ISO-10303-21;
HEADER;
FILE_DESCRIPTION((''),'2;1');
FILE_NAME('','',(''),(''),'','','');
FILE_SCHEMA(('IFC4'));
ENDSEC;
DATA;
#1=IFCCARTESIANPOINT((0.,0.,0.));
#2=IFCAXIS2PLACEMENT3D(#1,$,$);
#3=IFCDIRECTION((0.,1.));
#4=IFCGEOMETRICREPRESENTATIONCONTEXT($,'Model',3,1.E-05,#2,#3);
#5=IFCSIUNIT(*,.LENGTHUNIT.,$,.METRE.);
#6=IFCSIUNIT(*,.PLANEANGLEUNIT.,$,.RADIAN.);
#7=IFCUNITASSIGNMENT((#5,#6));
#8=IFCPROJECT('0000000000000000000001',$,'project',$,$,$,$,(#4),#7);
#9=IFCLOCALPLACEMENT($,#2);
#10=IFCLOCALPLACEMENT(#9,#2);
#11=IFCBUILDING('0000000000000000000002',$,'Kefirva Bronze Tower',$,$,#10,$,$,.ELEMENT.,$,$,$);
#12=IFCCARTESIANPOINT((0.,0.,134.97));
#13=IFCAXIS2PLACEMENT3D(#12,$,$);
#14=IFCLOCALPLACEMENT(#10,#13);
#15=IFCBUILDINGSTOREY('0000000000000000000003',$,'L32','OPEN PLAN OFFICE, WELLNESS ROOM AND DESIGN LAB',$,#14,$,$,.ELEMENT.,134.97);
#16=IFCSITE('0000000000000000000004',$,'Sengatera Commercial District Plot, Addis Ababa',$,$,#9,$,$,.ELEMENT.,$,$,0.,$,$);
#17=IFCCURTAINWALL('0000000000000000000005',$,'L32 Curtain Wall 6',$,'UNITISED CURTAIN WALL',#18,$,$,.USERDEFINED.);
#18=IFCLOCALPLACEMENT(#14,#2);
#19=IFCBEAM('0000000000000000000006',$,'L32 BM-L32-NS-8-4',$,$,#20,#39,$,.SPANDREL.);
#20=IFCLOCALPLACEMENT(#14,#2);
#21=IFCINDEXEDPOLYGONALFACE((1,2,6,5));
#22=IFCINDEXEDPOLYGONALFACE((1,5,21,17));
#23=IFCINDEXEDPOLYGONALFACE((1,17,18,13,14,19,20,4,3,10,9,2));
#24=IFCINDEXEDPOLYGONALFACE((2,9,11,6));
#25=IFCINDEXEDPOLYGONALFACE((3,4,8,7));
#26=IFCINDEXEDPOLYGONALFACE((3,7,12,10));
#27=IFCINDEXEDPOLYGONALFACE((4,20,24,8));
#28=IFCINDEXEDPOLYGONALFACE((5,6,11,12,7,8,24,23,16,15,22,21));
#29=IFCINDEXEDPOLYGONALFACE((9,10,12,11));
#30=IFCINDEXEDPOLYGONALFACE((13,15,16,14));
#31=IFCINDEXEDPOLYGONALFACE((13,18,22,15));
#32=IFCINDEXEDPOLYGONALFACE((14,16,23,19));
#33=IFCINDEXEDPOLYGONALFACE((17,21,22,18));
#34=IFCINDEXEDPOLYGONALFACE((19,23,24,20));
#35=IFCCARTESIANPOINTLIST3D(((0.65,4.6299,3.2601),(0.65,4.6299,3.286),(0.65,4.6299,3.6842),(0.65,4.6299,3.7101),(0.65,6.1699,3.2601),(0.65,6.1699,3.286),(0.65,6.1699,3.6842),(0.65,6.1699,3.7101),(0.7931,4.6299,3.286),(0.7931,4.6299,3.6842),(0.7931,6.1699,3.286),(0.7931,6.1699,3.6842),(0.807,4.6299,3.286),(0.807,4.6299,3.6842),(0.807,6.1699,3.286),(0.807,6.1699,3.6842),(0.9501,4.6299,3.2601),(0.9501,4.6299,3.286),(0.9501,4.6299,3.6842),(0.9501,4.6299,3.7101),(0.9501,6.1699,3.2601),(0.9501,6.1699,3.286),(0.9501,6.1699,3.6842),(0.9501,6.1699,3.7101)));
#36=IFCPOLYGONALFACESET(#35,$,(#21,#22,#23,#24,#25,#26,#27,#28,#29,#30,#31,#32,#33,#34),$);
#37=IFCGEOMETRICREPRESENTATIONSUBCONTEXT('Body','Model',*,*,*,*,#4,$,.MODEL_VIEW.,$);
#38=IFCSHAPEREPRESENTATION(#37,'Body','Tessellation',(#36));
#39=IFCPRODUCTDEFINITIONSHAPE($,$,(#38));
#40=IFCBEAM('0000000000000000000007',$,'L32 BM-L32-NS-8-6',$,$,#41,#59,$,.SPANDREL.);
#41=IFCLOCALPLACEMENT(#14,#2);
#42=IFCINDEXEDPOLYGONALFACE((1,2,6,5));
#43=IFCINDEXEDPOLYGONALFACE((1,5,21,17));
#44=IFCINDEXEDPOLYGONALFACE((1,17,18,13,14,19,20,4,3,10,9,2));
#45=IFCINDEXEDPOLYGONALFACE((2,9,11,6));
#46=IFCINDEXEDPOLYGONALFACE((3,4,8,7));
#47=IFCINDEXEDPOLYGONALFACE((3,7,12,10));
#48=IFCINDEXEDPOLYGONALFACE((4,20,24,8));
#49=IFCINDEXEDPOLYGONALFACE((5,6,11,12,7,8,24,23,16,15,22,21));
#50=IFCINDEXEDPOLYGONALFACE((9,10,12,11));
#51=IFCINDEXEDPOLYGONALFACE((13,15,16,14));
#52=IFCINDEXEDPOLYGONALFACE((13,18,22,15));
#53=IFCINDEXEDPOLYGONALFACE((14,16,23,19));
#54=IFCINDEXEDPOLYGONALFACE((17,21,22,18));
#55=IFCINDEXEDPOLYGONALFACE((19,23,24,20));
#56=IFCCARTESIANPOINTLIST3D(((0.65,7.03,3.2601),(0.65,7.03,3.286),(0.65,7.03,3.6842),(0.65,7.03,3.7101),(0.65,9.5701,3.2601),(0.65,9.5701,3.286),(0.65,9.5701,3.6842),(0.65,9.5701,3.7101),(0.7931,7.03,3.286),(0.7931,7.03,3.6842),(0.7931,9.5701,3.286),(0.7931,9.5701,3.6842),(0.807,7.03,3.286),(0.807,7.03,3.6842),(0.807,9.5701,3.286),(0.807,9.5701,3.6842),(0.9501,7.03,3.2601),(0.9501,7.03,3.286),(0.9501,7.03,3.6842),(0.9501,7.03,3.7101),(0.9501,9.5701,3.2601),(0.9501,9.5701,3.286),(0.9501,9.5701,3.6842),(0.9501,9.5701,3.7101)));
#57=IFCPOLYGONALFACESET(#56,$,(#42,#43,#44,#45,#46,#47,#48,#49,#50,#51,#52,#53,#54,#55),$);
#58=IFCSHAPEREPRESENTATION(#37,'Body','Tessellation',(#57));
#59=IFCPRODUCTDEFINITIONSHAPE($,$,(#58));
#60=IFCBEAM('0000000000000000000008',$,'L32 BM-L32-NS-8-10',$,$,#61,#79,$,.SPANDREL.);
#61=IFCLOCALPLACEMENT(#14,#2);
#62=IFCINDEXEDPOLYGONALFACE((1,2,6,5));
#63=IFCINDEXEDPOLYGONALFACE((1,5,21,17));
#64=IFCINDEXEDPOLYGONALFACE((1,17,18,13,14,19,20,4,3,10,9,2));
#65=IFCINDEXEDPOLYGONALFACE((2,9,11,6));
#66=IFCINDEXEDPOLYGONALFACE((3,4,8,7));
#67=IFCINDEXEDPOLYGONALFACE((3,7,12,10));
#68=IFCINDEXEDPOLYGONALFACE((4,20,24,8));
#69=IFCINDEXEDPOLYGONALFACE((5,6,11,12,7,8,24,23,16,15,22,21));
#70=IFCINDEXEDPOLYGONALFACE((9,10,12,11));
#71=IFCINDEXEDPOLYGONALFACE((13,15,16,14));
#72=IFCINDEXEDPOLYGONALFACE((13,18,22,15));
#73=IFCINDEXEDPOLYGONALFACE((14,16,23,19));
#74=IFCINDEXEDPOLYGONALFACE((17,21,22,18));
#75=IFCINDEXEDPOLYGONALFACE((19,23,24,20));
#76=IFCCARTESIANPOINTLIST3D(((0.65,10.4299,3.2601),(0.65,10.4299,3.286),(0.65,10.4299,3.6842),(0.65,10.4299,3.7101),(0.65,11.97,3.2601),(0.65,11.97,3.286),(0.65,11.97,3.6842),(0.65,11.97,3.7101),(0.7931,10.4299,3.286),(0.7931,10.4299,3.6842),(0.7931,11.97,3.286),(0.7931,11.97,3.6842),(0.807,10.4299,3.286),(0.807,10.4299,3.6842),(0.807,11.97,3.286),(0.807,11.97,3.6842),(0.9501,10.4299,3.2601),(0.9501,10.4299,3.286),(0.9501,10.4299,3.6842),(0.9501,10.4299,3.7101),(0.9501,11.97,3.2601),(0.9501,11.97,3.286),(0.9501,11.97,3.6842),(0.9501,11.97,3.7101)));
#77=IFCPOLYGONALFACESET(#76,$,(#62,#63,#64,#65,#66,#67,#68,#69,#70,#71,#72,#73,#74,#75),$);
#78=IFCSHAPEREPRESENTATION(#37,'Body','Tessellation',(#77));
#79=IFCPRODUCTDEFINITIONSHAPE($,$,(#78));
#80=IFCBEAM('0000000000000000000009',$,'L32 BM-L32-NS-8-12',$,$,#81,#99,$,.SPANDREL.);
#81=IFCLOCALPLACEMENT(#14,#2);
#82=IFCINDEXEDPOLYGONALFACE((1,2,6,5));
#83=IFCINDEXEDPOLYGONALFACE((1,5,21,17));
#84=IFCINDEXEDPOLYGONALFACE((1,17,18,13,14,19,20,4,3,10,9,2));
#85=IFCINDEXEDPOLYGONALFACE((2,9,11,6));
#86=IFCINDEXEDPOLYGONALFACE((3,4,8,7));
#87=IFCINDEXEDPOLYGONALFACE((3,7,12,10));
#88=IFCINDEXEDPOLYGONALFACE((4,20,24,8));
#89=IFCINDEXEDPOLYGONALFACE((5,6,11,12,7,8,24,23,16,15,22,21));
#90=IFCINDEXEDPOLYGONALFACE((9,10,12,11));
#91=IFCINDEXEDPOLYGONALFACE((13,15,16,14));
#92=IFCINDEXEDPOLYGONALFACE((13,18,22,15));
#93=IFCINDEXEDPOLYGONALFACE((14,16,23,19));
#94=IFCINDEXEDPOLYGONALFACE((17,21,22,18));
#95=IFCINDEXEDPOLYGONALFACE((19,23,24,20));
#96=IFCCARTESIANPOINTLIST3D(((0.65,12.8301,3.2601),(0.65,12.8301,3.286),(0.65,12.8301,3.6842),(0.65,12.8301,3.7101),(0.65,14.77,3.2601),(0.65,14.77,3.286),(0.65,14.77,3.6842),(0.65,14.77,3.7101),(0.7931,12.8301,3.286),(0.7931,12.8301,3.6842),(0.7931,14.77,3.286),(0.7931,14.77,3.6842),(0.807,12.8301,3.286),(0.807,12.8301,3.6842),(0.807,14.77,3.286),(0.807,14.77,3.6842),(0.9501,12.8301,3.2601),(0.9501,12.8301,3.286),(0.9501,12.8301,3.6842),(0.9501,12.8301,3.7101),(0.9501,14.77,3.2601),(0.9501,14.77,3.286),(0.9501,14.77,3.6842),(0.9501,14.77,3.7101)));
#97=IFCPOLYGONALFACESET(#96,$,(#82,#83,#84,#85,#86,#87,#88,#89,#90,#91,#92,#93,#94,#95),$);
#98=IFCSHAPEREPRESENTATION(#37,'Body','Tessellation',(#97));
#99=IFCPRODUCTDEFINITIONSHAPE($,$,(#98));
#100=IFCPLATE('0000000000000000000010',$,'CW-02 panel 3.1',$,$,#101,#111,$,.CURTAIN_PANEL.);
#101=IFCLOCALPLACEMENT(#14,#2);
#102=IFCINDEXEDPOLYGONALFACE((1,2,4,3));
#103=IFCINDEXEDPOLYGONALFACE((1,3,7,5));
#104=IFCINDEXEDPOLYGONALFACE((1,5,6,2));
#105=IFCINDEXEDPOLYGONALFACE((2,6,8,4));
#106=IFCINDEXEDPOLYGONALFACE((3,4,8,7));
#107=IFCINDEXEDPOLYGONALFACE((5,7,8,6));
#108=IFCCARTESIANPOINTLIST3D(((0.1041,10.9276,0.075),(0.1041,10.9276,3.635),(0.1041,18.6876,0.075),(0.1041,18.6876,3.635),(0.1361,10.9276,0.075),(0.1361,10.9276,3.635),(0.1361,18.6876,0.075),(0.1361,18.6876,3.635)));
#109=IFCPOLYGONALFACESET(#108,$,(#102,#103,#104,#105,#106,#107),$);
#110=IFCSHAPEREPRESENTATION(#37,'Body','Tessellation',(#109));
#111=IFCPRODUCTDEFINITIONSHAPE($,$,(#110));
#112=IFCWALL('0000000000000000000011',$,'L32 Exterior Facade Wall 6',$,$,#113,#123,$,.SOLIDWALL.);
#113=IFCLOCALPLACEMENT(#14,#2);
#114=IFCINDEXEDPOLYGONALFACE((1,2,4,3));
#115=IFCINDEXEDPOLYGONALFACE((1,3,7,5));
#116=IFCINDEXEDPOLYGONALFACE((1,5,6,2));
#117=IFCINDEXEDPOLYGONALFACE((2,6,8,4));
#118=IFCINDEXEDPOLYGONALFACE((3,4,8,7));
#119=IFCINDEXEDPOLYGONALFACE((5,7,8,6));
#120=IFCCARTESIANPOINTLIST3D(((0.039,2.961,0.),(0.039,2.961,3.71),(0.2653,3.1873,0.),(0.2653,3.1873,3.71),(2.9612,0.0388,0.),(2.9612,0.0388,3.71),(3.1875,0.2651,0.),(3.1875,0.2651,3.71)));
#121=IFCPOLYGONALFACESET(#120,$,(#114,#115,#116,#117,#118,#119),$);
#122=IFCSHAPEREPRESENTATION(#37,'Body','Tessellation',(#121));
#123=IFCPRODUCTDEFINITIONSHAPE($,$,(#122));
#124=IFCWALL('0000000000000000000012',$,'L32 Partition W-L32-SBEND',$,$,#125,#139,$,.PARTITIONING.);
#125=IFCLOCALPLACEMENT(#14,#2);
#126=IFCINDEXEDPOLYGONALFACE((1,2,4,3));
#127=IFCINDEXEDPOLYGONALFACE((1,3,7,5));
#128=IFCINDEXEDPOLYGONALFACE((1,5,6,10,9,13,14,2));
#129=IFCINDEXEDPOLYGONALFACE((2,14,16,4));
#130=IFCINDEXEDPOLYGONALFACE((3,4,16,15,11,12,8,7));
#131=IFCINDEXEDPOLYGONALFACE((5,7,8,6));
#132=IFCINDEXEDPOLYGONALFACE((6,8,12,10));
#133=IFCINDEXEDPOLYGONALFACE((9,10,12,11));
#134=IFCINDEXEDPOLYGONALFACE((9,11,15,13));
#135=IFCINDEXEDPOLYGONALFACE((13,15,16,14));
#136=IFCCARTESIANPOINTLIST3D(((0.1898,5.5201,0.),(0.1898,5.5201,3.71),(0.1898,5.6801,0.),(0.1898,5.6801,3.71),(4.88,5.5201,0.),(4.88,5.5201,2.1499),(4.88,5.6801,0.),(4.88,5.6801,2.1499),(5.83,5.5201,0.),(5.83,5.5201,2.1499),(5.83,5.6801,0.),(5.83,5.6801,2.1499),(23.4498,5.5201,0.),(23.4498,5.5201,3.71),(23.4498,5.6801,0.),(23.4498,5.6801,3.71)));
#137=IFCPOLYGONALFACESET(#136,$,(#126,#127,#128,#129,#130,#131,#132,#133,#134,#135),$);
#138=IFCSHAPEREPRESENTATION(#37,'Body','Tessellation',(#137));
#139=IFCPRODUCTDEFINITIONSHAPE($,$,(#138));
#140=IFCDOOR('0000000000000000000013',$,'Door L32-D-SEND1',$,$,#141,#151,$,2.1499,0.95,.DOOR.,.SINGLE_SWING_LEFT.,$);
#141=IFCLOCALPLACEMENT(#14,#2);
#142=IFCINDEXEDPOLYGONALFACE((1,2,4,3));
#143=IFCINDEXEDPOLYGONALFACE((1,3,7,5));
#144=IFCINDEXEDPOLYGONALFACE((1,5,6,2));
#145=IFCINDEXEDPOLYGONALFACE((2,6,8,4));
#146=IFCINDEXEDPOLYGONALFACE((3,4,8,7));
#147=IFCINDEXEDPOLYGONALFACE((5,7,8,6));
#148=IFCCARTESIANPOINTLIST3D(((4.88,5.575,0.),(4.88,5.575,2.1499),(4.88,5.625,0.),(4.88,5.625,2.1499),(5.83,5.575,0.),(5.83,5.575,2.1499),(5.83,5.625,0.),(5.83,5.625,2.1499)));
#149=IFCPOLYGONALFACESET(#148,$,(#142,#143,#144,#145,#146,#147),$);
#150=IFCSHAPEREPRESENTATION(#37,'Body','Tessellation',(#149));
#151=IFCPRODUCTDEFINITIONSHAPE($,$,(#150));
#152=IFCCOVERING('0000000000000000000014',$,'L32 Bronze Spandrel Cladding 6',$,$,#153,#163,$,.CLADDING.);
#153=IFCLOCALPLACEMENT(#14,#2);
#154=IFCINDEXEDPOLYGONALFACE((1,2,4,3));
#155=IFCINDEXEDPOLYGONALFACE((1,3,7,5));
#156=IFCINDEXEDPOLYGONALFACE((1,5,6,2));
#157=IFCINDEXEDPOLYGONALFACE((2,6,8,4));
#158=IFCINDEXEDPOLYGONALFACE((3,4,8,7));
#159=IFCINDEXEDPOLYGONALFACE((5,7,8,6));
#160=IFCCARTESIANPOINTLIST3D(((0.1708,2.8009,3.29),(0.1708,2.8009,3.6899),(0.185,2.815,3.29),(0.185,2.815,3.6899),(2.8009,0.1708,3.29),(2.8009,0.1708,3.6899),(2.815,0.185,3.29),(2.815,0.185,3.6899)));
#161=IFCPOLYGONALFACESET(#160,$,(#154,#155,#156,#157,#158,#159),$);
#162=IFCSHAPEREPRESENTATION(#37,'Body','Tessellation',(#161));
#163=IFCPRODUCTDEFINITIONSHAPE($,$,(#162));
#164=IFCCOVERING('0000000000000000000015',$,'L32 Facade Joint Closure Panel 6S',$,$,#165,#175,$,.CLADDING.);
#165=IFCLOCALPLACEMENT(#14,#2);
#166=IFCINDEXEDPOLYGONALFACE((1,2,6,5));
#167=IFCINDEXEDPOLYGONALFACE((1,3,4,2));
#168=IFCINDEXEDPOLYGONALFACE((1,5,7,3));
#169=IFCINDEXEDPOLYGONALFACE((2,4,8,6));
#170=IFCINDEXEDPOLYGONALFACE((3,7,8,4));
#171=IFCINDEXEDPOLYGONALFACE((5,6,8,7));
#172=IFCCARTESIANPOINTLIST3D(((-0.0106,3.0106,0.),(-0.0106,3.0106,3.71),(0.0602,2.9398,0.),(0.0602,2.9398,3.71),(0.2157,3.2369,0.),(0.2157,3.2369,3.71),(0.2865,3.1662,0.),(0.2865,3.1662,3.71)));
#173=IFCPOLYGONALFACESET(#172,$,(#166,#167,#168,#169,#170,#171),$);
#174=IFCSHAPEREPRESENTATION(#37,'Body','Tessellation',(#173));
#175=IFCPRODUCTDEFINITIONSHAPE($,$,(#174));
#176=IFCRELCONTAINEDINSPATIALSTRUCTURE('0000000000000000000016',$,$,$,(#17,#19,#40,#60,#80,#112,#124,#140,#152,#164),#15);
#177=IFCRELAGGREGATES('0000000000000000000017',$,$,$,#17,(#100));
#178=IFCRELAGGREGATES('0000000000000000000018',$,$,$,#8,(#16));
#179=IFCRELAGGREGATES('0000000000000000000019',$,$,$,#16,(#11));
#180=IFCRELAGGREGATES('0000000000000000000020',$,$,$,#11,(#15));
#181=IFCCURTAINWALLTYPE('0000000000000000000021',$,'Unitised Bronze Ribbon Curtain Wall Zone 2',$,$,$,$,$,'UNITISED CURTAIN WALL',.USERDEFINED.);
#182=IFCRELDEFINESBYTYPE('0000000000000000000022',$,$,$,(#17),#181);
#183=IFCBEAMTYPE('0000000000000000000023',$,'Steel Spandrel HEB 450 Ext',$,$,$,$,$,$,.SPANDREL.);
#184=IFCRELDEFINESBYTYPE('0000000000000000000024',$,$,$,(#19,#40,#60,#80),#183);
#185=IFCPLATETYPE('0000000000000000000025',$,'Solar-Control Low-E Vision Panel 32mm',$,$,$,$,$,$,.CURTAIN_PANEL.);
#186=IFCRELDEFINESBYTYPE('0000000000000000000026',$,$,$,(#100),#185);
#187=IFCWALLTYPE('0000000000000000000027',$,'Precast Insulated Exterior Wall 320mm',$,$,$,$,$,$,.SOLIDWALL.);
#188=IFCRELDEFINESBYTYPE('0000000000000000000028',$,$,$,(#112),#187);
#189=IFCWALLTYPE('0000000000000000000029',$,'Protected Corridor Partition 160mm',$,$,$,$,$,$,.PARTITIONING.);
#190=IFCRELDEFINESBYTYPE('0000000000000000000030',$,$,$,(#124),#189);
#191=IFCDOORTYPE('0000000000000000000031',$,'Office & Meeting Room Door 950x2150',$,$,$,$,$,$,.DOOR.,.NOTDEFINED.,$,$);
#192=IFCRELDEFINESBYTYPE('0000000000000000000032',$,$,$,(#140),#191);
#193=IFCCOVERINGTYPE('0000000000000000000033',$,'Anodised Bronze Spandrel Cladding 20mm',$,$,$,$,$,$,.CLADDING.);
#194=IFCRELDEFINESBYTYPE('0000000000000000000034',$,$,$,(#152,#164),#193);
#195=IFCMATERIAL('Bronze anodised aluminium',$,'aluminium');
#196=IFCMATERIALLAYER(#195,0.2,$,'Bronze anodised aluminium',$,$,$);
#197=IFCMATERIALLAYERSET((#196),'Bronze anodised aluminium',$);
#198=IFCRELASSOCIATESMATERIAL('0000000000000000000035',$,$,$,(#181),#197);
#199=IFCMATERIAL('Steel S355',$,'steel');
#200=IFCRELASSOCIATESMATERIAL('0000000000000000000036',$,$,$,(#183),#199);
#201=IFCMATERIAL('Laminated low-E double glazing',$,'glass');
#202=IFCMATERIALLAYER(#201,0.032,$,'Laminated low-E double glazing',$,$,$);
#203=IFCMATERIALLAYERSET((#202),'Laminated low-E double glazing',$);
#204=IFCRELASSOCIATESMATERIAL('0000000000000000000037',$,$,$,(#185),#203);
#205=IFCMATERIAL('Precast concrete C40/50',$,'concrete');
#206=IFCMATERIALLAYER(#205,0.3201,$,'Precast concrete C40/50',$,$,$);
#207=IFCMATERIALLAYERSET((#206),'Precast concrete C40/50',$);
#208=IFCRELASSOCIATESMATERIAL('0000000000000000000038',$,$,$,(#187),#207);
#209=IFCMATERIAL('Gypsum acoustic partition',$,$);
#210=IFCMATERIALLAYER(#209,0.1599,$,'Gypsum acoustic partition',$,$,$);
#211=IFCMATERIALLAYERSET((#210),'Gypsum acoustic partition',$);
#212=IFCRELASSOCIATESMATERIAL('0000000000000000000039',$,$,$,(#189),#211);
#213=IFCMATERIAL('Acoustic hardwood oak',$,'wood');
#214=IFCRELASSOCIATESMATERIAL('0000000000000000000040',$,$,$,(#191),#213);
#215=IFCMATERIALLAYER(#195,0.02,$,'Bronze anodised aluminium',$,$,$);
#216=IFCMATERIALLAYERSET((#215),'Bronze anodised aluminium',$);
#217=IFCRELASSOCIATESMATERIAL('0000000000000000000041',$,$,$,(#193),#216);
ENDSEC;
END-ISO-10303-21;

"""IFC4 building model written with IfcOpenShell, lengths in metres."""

from ifc_helpers import new_model, si_unit, direction, frame, frame_2d, origin, origin_2d, place, context, subcontext, project, spatial, rectangle, i_section, extrude, material, layer, layer_set, material_profile, profile_set, type_object, element, fill, aggregate, save


model = new_model("IFC4")

# Units and contexts
model_context = context("Model", 3, precision=1e-05, world=origin(), true_north=direction((0.0, 1.0)))
body_context = subcontext(model_context, "Body", "Model", "MODEL_VIEW")
ifc_project = project(units=[si_unit("LENGTHUNIT", "METRE"), si_unit("PLANEANGLEUNIT", "RADIAN")], contexts=[model_context])

# Site, building, storey
site_placement = place(None, origin())
site = spatial("IfcSite", under=ifc_project, at=site_placement, Name="Sengatera Commercial District Plot, Addis Ababa", CompositionType="ELEMENT", RefElevation=0.0)
building_placement = place(site_placement, origin())
building = spatial("IfcBuilding", under=site, at=building_placement, Name="Kefirva Bronze Tower", CompositionType="ELEMENT")
storey_placement = place(building_placement, frame((0.0, 0.0, 134.97)))
storey = spatial("IfcBuildingStorey", under=building, at=storey_placement, Name="L32", Description="OPEN PLAN OFFICE, WELLNESS ROOM AND DESIGN LAB", CompositionType="ELEMENT", Elevation=134.97)

# Curtain wall
ifc_material_1 = material(Name="Bronze anodised aluminium", Category="aluminium")
ifc_layer_1 = layer(ifc_material_1, 0.2, Name="Bronze anodised aluminium")
ifc_layer_set_1 = layer_set([ifc_layer_1], Name="Bronze anodised aluminium")
curtain_wall_type = type_object("IfcCurtainWallType", Name="Unitised Bronze Ribbon Curtain Wall Zone 2", ElementType="UNITISED CURTAIN WALL", PredefinedType="USERDEFINED", material=ifc_layer_set_1)
curtain_wall_placement = place(storey_placement, origin())
curtain_wall = element("IfcCurtainWall", 1, at=curtain_wall_placement, inside=storey, type_object=curtain_wall_type, Name="L32 Curtain Wall 6", ObjectType="UNITISED CURTAIN WALL", PredefinedType="USERDEFINED")

# Beams
ifc_material_2 = material(Name="Steel S355", Category="steel")
ifc_material_profile_1 = material_profile(ifc_material_2, i_section(OverallWidth=0.3, OverallDepth=0.45, WebThickness=0.0139, FlangeThickness=0.0259, at=origin_2d()), Name="HEB 450")
ifc_profile_set_1 = profile_set([ifc_material_profile_1], Name="Steel S355")
beam_type_1 = type_object("IfcBeamType", Name="Steel Spandrel HEB 450 Ext", PredefinedType="SPANDREL", material=ifc_profile_set_1)
beam_1_placement = place(storey_placement, frame((0.8, 4.6299, 3.4851), z_axis=(0.0, 1.0, 0.0), x_axis=(-1.0, 0.0, 0.0)))
element("IfcBeam", 2, at=beam_1_placement, inside=storey, type_object=beam_type_1, Name="L32 BM-L32-NS-8-4", PredefinedType="SPANDREL", context=body_context, shape_type="SweptSolid", body=[
    extrude(i_section(OverallWidth=0.3, OverallDepth=0.45, WebThickness=0.0139, FlangeThickness=0.0259, at=origin_2d()), origin(), (0.0, 0.0, 1.0), 1.54),
])
beam_2_placement = place(storey_placement, frame((0.8, 7.03, 3.4851), z_axis=(0.0, 1.0, 0.0), x_axis=(-1.0, 0.0, 0.0)))
element("IfcBeam", 3, at=beam_2_placement, inside=storey, type_object=beam_type_1, Name="L32 BM-L32-NS-8-6", PredefinedType="SPANDREL", context=body_context, shape_type="SweptSolid", body=[
    extrude(i_section(OverallWidth=0.3, OverallDepth=0.45, WebThickness=0.0139, FlangeThickness=0.0259, at=origin_2d()), origin(), (0.0, 0.0, 1.0), 2.54),
])
beam_3_placement = place(storey_placement, frame((0.8, 10.4299, 3.4851), z_axis=(0.0, 1.0, 0.0), x_axis=(-1.0, 0.0, 0.0)))
element("IfcBeam", 4, at=beam_3_placement, inside=storey, type_object=beam_type_1, Name="L32 BM-L32-NS-8-10", PredefinedType="SPANDREL", context=body_context, shape_type="SweptSolid", body=[
    extrude(i_section(OverallWidth=0.3, OverallDepth=0.45, WebThickness=0.0139, FlangeThickness=0.0259, at=origin_2d()), origin(), (0.0, 0.0, 1.0), 1.54),
])
beam_4_placement = place(storey_placement, frame((0.8, 12.8301, 3.4851), z_axis=(0.0, 1.0, 0.0), x_axis=(-1.0, 0.0, 0.0)))
element("IfcBeam", 5, at=beam_4_placement, inside=storey, type_object=beam_type_1, Name="L32 BM-L32-NS-8-12", PredefinedType="SPANDREL", context=body_context, shape_type="SweptSolid", body=[
    extrude(i_section(OverallWidth=0.3, OverallDepth=0.45, WebThickness=0.0139, FlangeThickness=0.0259, at=origin_2d()), origin(), (0.0, 0.0, 1.0), 1.9399),
])

# Plate
ifc_material_3 = material(Name="Laminated low-E double glazing", Category="glass")
ifc_layer_2 = layer(ifc_material_3, 0.032, Name="Laminated low-E double glazing")
ifc_layer_set_2 = layer_set([ifc_layer_2], Name="Laminated low-E double glazing")
plate_type = type_object("IfcPlateType", Name="Solar-Control Low-E Vision Panel 32mm", PredefinedType="CURTAIN_PANEL", material=ifc_layer_set_2)
plate_placement = place(storey_placement, frame((0.1201, 14.8076, 0.075), z_axis=(0.0, 0.0, 1.0), x_axis=(0.0, -1.0, 0.0)))
plate = element("IfcPlate", 6, at=plate_placement, type_object=plate_type, Name="CW-02 panel 3.1", PredefinedType="CURTAIN_PANEL", context=body_context, shape_type="SweptSolid", body=[
    extrude(rectangle(XDim=7.76, YDim=0.032, at=origin_2d()), origin(), (0.0, 0.0, 1.0), 3.5601),
])
aggregate(curtain_wall, [plate])

# Wall
ifc_material_4 = material(Name="Precast concrete C40/50", Category="concrete")
ifc_layer_3 = layer(ifc_material_4, 0.3201, Name="Precast concrete C40/50")
ifc_layer_set_3 = layer_set([ifc_layer_3], Name="Precast concrete C40/50")
wall_type_1 = type_object("IfcWallType", Name="Precast Insulated Exterior Wall 320mm", PredefinedType="SOLIDWALL", material=ifc_layer_set_3)
wall_1_placement = place(storey_placement, frame((0.1521, 3.0742, 0.0), z_axis=(0.0, 0.0, 1.0), x_axis=(0.707107, -0.707107, 0.0)))
element("IfcWall", 7, at=wall_1_placement, inside=storey, type_object=wall_type_1, Name="L32 Exterior Facade Wall 6", PredefinedType="SOLIDWALL", context=body_context, shape_type="SweptSolid", body=[
    extrude(rectangle(XDim=4.1326, YDim=0.3201, at=frame_2d((2.0664, 0.0))), origin(), (0.0, 0.0, 1.0), 3.71),
])

# Wall, opening, door
ifc_material_5 = material(Name="Gypsum acoustic partition")
ifc_layer_4 = layer(ifc_material_5, 0.1599, Name="Gypsum acoustic partition")
ifc_layer_set_4 = layer_set([ifc_layer_4], Name="Gypsum acoustic partition")
wall_type_2 = type_object("IfcWallType", Name="Protected Corridor Partition 160mm", PredefinedType="PARTITIONING", material=ifc_layer_set_4)
wall_2_placement = place(storey_placement, frame((0.1899, 5.6001, 0.0), z_axis=(0.0, 0.0, 1.0), x_axis=(1.0, 0.0, 0.0)))
wall_2 = element("IfcWall", 8, at=wall_2_placement, inside=storey, type_object=wall_type_2, Name="L32 Partition W-L32-SBEND", PredefinedType="PARTITIONING", context=body_context, shape_type="SweptSolid", body=[
    extrude(rectangle(XDim=23.26, YDim=0.1599, at=frame_2d((11.6299, 0.0))), origin(), (0.0, 0.0, 1.0), 3.71),
])
opening_placement = place(wall_2_placement, frame((4.6899, 0.0, 0.0)))
opening = element("IfcOpeningElement", 9, at=opening_placement, cuts=wall_2, PredefinedType="OPENING", context=body_context, shape_type="SweptSolid", body=[
    extrude(rectangle(XDim=0.95, YDim=2.1499, at=frame_2d((0.4751, 1.075))), frame((0.0, 0.0898, 0.0), z_axis=(0.0, -1.0, 0.0), x_axis=(1.0, 0.0, 0.0)), (0.0, 0.0, 1.0), 0.1799),
])
ifc_material_6 = material(Name="Acoustic hardwood oak", Category="wood")
door_type = type_object("IfcDoorType", Name="Office & Meeting Room Door 950x2150", OperationType="NOTDEFINED", PredefinedType="DOOR", material=ifc_material_6)
door_placement = place(opening_placement, origin())
door = element("IfcDoor", 10, at=door_placement, inside=storey, type_object=door_type, Name="Door L32-D-SEND1", OperationType="SINGLE_SWING_LEFT", OverallHeight=2.1499, OverallWidth=0.95, PredefinedType="DOOR", context=body_context, shape_type="SweptSolid", body=[
    extrude(rectangle(XDim=0.95, YDim=2.1499, at=frame_2d((0.4751, 1.075))), frame((0.0, 0.0249, 0.0), z_axis=(0.0, -1.0, 0.0), x_axis=(1.0, 0.0, 0.0)), (0.0, 0.0, 1.0), 0.05),
])
fill(opening, door)

# Coverings
ifc_layer_5 = layer(ifc_material_1, 0.02, Name="Bronze anodised aluminium")
ifc_layer_set_5 = layer_set([ifc_layer_5], Name="Bronze anodised aluminium")
covering_type_1 = type_object("IfcCoveringType", Name="Anodised Bronze Spandrel Cladding 20mm", PredefinedType="CLADDING", material=ifc_layer_set_5)
covering_1_placement = place(storey_placement, frame((1.4929, 1.4929, 3.29), z_axis=(0.0, 0.0, 1.0), x_axis=(0.707107, -0.707107, 0.0)))
element("IfcCovering", 11, at=covering_1_placement, inside=storey, type_object=covering_type_1, Name="L32 Bronze Spandrel Cladding 6", PredefinedType="CLADDING", context=body_context, shape_type="SweptSolid", body=[
    extrude(rectangle(XDim=3.7195, YDim=0.02, at=origin_2d()), origin(), (0.0, 0.0, 1.0), 0.3999),
])
covering_2_placement = place(storey_placement, frame((0.1379, 3.0884, 0.0), z_axis=(0.0, 0.0, 1.0), x_axis=(0.707107, -0.707107, 0.0)))
element("IfcCovering", 12, at=covering_2_placement, inside=storey, type_object=covering_type_1, Name="L32 Facade Joint Closure Panel 6S", PredefinedType="CLADDING", context=body_context, shape_type="SweptSolid", body=[
    extrude(rectangle(XDim=0.1001, YDim=0.3201, at=origin_2d()), origin(), (0.0, 0.0, 1.0), 3.71),
])

save(model, "model.ifc")
